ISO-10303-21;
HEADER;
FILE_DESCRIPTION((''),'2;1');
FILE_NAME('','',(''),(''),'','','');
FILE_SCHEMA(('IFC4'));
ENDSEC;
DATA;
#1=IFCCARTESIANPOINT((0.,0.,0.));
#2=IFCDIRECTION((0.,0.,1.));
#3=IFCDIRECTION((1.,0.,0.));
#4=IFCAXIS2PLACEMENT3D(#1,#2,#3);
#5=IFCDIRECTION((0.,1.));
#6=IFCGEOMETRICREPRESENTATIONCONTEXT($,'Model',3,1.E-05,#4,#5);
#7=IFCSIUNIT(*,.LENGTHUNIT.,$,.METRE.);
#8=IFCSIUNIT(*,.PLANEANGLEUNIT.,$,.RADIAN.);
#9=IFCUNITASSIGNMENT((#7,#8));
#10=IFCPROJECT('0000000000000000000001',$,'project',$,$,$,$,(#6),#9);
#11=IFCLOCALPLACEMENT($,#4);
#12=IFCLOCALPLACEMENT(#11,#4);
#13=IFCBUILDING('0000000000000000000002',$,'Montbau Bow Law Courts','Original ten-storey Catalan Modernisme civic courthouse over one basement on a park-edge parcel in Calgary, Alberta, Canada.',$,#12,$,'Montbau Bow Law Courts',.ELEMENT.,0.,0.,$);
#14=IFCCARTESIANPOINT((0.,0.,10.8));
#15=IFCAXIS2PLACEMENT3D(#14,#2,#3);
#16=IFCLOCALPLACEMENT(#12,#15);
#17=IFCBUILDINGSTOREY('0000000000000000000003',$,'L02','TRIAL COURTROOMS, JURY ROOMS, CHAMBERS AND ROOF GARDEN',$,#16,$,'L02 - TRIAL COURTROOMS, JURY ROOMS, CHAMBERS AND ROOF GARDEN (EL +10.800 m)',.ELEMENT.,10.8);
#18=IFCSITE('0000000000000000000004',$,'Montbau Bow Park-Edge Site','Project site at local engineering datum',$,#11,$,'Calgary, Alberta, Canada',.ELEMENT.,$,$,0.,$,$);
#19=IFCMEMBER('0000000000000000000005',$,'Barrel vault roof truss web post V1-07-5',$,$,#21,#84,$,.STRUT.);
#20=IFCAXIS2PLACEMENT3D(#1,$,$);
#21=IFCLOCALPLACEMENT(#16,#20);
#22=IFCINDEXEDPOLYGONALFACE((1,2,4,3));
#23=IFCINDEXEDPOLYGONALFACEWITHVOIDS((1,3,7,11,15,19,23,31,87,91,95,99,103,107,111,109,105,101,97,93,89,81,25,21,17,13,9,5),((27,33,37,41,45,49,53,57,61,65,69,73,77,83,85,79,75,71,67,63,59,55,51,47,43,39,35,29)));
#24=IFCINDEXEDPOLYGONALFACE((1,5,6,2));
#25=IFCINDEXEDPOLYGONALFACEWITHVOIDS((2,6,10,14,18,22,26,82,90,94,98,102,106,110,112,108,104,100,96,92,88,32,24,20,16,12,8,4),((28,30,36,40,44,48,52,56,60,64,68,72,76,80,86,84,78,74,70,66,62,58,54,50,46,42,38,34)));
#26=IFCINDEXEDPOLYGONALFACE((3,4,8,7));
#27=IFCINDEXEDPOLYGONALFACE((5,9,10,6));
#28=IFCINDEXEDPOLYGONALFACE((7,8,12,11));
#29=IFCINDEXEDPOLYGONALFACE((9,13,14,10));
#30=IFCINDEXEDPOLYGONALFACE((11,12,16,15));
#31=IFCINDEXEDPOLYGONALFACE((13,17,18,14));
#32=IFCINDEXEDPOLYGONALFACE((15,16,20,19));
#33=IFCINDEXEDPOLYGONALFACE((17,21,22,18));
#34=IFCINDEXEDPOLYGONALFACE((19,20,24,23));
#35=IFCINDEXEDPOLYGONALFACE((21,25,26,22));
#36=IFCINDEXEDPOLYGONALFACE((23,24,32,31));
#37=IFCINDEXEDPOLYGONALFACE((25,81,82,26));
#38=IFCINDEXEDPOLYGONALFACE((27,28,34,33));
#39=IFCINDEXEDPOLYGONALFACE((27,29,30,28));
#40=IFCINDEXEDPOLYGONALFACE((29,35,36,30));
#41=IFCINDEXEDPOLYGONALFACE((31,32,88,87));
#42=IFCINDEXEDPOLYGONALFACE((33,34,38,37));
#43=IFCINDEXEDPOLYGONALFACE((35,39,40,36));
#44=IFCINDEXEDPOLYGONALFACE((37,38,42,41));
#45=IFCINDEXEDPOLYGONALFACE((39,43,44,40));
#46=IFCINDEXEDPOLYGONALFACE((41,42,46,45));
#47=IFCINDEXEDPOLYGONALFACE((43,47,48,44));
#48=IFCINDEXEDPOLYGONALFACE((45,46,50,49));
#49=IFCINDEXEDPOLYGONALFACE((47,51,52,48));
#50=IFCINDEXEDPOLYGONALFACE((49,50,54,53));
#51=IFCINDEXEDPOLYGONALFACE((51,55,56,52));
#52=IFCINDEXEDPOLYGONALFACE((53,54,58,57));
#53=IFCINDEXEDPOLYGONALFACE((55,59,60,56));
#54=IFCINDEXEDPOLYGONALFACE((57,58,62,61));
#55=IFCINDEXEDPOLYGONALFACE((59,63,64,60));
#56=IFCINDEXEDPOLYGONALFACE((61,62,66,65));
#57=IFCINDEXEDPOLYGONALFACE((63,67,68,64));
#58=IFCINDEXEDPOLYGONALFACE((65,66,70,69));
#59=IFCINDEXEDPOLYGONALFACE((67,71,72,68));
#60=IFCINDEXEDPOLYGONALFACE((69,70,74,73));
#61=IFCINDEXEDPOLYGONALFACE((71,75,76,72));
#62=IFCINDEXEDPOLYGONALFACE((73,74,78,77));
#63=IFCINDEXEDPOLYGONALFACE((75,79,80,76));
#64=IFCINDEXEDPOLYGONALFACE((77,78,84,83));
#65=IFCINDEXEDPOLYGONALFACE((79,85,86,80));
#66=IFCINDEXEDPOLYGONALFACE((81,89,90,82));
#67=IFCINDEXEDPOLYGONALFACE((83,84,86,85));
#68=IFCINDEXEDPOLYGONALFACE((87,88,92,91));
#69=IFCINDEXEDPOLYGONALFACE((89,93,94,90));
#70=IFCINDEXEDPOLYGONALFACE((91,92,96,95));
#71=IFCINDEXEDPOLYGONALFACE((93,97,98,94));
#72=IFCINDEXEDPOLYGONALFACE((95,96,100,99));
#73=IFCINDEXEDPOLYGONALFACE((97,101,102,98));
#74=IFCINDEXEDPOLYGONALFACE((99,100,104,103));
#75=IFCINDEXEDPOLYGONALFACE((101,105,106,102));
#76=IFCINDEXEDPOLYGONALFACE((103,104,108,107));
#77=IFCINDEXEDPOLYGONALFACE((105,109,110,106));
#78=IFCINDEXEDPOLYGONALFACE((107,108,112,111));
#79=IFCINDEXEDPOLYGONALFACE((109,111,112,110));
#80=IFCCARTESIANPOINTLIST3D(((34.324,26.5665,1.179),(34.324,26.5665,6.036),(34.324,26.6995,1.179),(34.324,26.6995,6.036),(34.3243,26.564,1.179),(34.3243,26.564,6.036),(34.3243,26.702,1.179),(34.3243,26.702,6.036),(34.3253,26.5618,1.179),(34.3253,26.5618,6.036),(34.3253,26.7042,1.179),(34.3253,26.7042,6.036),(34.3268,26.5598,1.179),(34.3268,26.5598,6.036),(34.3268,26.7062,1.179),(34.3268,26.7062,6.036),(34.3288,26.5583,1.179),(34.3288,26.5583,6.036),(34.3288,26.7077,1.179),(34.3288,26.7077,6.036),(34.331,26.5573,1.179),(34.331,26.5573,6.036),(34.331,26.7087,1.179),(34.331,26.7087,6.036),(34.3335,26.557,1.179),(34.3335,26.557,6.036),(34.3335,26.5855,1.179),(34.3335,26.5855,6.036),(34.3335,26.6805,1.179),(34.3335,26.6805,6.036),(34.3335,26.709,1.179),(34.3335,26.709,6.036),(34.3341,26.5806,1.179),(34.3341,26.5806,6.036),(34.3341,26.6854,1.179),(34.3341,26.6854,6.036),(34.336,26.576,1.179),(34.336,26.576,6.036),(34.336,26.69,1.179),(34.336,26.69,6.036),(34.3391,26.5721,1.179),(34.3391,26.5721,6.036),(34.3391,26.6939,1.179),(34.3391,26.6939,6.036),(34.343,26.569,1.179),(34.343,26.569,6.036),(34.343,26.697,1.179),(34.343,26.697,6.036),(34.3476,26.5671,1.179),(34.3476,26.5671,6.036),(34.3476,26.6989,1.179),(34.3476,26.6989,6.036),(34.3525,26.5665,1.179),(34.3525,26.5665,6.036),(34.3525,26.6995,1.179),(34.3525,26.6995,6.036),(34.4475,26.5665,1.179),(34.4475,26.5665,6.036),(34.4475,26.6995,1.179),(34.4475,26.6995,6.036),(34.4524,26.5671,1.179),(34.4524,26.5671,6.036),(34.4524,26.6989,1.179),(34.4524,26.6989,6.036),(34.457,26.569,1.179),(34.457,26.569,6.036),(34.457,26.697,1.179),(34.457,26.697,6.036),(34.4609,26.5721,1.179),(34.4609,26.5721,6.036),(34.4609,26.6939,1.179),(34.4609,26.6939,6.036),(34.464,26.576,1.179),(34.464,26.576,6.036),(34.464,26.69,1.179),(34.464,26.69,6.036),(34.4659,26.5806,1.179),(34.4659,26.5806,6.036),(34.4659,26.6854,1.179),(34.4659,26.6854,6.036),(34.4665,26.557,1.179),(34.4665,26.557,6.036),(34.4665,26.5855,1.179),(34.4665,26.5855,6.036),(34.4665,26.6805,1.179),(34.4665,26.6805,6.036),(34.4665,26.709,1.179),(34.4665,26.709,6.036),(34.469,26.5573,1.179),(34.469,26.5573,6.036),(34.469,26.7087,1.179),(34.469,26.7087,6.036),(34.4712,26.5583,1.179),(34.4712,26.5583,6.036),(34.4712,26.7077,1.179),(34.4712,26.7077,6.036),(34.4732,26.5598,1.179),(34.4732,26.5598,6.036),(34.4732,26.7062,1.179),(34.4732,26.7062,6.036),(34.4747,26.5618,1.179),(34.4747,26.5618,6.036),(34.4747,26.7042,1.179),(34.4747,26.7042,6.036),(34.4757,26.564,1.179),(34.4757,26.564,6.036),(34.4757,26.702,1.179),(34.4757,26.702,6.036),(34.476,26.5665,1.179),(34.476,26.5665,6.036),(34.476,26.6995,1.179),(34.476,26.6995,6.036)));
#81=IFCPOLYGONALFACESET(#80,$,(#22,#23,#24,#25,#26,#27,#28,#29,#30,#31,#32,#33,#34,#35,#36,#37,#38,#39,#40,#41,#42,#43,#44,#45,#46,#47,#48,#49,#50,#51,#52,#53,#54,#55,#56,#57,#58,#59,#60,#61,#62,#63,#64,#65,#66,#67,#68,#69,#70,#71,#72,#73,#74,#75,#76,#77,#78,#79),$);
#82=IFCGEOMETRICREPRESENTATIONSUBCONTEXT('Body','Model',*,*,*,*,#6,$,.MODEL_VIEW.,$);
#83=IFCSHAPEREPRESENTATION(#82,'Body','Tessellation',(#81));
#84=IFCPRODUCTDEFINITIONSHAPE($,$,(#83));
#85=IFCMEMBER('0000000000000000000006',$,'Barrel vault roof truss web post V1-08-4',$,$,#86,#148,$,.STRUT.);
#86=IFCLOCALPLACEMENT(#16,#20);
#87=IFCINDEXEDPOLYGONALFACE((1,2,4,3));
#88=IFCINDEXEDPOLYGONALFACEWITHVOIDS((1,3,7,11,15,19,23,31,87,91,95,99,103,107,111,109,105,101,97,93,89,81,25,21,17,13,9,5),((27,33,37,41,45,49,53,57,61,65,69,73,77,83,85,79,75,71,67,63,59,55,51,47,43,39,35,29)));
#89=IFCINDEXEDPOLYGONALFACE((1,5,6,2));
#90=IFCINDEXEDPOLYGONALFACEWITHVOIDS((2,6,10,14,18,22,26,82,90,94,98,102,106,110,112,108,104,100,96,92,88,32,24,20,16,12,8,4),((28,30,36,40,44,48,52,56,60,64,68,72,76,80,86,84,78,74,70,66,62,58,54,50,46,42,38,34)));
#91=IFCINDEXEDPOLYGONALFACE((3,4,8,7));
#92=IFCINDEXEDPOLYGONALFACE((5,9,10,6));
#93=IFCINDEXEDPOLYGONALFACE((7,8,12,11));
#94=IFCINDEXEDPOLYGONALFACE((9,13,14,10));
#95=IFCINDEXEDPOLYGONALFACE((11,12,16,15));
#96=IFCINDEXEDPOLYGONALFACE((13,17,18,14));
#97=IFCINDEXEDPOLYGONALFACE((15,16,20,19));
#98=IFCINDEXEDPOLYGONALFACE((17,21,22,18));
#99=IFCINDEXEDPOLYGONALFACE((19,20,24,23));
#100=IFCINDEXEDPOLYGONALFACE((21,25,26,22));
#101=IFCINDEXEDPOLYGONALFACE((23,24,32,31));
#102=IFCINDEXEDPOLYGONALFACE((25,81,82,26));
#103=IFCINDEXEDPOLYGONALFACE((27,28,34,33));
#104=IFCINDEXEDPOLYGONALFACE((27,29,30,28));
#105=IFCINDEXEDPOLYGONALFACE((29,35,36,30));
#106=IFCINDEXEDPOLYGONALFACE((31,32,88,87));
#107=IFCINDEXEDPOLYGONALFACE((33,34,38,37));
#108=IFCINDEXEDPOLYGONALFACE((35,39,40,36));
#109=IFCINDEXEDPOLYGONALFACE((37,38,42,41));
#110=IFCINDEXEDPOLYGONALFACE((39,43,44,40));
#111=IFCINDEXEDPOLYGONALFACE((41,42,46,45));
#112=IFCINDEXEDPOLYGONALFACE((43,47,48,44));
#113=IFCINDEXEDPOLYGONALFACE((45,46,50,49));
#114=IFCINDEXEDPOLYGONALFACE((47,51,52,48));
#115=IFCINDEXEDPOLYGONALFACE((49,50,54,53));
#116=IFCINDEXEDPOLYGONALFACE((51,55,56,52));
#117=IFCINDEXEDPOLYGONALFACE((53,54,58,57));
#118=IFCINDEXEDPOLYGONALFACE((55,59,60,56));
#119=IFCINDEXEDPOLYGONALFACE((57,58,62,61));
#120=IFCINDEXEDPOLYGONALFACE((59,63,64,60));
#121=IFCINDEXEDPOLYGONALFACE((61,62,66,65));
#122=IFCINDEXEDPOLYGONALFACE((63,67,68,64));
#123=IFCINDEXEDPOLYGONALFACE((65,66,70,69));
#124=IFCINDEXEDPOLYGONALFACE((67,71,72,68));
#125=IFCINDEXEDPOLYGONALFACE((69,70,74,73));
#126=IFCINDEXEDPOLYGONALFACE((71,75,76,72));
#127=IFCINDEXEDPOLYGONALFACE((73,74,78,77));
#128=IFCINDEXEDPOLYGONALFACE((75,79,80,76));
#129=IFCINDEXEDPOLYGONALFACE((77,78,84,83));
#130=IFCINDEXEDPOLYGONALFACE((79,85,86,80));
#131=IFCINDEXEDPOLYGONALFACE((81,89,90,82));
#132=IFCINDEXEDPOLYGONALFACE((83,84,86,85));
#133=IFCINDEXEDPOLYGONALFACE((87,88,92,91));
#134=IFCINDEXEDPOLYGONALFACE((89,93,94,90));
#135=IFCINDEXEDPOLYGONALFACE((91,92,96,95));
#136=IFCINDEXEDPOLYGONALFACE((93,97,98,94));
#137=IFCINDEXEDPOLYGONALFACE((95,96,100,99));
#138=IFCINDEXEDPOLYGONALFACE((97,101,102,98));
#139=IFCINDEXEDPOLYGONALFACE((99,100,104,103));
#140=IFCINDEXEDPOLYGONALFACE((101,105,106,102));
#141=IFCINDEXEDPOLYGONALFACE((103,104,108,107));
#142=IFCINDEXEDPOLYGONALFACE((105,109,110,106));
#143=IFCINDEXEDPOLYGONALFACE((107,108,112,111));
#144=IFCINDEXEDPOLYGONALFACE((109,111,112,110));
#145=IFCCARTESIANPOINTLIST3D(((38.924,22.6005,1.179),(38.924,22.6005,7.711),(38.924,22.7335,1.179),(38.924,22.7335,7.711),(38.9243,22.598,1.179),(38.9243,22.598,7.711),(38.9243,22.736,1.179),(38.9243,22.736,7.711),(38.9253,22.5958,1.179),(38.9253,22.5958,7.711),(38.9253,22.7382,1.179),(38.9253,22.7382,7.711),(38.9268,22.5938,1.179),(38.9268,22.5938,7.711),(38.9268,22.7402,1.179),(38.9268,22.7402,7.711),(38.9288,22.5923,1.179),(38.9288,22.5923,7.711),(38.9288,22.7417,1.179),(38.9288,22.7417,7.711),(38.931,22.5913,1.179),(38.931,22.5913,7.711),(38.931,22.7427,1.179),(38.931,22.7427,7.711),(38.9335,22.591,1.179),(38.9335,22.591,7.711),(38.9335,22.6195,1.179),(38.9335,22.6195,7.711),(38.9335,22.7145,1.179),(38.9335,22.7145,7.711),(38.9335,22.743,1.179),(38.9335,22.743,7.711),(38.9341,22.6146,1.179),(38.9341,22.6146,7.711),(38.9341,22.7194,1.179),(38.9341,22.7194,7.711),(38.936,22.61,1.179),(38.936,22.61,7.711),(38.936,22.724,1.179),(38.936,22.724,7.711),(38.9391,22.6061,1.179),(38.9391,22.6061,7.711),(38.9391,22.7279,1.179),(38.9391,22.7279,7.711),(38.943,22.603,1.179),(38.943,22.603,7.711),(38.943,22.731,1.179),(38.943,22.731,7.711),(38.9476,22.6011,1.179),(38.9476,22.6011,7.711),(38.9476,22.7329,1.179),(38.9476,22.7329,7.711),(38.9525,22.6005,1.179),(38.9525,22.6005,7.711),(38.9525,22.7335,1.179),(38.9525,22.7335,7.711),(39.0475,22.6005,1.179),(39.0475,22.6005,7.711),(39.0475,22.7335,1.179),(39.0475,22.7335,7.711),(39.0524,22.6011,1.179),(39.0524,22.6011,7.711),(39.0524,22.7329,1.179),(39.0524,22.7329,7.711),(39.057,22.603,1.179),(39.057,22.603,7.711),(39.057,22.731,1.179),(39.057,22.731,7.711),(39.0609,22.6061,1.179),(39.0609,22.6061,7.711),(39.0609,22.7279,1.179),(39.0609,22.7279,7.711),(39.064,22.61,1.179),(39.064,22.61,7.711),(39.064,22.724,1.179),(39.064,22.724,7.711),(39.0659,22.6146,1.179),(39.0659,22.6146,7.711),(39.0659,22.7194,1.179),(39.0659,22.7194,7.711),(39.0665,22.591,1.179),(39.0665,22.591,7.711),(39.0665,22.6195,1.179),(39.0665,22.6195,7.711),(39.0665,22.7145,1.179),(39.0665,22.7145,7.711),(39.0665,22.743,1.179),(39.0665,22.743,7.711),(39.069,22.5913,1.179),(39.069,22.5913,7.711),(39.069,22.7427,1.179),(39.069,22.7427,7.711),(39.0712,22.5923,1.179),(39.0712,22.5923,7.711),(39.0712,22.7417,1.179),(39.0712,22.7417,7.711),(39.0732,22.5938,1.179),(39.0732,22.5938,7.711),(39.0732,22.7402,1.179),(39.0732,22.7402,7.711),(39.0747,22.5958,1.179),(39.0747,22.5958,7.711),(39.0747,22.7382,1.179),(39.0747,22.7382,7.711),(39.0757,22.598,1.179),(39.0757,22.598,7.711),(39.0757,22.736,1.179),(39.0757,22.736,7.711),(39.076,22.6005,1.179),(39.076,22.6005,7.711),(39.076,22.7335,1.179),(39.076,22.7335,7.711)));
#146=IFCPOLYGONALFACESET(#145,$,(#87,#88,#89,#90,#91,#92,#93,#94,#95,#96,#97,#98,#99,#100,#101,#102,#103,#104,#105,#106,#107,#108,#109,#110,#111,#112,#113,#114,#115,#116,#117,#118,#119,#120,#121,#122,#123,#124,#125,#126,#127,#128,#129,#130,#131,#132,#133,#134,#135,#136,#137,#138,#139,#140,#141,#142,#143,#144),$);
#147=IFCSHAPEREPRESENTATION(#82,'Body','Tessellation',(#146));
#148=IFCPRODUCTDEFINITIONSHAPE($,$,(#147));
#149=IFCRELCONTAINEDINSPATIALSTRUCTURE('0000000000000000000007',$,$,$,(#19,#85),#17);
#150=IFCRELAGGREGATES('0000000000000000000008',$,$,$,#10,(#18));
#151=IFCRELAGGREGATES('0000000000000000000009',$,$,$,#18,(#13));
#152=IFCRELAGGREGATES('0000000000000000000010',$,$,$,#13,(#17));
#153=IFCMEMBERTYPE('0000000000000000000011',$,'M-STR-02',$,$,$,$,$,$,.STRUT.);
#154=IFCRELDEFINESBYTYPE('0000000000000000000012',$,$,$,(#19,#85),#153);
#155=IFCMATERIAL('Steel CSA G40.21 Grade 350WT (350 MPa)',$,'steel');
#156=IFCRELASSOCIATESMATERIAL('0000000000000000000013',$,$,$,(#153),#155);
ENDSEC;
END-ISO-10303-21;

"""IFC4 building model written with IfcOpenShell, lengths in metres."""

from ifc_helpers import new_model, si_unit, direction, frame, origin_with_axes, origin_2d_with_axis, place, context, subcontext, project, spatial, hollow_rectangle, extrude, material, material_profile, profile_set, type_object, element, save


model = new_model("IFC4")

# Units and contexts
model_context = context("Model", 3, precision=1e-05, world=origin_with_axes(), true_north=direction((0.0, 1.0)))
body_context = subcontext(model_context, "Body", "Model", "MODEL_VIEW")
ifc_project = project(units=[si_unit("LENGTHUNIT", "METRE"), si_unit("PLANEANGLEUNIT", "RADIAN")], contexts=[model_context])

# Site, building, storey
site_placement = place(None, origin_with_axes())
site = spatial("IfcSite", under=ifc_project, at=site_placement, Name="Montbau Bow Park-Edge Site", Description="Project site at local engineering datum", LongName="Calgary, Alberta, Canada", CompositionType="ELEMENT", RefElevation=0.0)
building_placement = place(site_placement, origin_with_axes())
building = spatial("IfcBuilding", under=site, at=building_placement, Name="Montbau Bow Law Courts", Description="Original ten-storey Catalan Modernisme civic courthouse over one basement on a park-edge parcel in Calgary, Alberta, Canada.", LongName="Montbau Bow Law Courts", CompositionType="ELEMENT", ElevationOfRefHeight=0.0, ElevationOfTerrain=0.0)
storey_placement = place(building_placement, frame((0.0, 0.0, 10.8), z_axis=(0.0, 0.0, 1.0), x_axis=(1.0, 0.0, 0.0)))
storey = spatial("IfcBuildingStorey", under=building, at=storey_placement, Name="L02", Description="TRIAL COURTROOMS, JURY ROOMS, CHAMBERS AND ROOF GARDEN", LongName="L02 - TRIAL COURTROOMS, JURY ROOMS, CHAMBERS AND ROOF GARDEN (EL +10.800 m)", CompositionType="ELEMENT", Elevation=10.8)

# Shared definitions
ifc_material_1 = material(Name="Steel CSA G40.21 Grade 350WT (350 MPa)", Category="steel")

# Members
ifc_material_profile_1 = material_profile(ifc_material_1, hollow_rectangle(XDim=0.152, YDim=0.152, WallThickness=0.0095, InnerFilletRadius=0.019, OuterFilletRadius=0.0095, at=origin_2d_with_axis()), Name="HSS152X152X9.5", Category="Main", Priority=0)
ifc_profile_set_1 = profile_set([ifc_material_profile_1], Name="Steel CSA G40.21 Grade 350WT (350 MPa)")
member_type_1 = type_object("IfcMemberType", Name="M-STR-02", PredefinedType="STRUT", material=ifc_profile_set_1)
member_1_placement = place(None, frame((34.4, 26.633, 11.979), z_axis=(0.0, 0.0, 1.0), x_axis=(1.0, 0.0, 0.0)))
element("IfcMember", 1, at=member_1_placement, inside=storey, type_object=member_type_1, Name="Barrel vault roof truss web post V1-07-5", PredefinedType="STRUT", context=body_context, shape_type="SweptSolid", body=[
    extrude(hollow_rectangle(XDim=0.152, YDim=0.152, WallThickness=0.0095, InnerFilletRadius=0.019, OuterFilletRadius=0.0095, at=origin_2d_with_axis()), origin_with_axes(), (0.0, 0.0, 1.0), 4.857),
])
member_2_placement = place(None, frame((39.0, 22.667, 11.979), z_axis=(0.0, 0.0, 1.0), x_axis=(1.0, 0.0, 0.0)))
element("IfcMember", 2, at=member_2_placement, inside=storey, type_object=member_type_1, Name="Barrel vault roof truss web post V1-08-4", PredefinedType="STRUT", context=body_context, shape_type="SweptSolid", body=[
    extrude(hollow_rectangle(XDim=0.152, YDim=0.152, WallThickness=0.0095, InnerFilletRadius=0.019, OuterFilletRadius=0.0095, at=origin_2d_with_axis()), origin_with_axes(), (0.0, 0.0, 1.0), 6.532),
])

save(model, "model.ifc")
